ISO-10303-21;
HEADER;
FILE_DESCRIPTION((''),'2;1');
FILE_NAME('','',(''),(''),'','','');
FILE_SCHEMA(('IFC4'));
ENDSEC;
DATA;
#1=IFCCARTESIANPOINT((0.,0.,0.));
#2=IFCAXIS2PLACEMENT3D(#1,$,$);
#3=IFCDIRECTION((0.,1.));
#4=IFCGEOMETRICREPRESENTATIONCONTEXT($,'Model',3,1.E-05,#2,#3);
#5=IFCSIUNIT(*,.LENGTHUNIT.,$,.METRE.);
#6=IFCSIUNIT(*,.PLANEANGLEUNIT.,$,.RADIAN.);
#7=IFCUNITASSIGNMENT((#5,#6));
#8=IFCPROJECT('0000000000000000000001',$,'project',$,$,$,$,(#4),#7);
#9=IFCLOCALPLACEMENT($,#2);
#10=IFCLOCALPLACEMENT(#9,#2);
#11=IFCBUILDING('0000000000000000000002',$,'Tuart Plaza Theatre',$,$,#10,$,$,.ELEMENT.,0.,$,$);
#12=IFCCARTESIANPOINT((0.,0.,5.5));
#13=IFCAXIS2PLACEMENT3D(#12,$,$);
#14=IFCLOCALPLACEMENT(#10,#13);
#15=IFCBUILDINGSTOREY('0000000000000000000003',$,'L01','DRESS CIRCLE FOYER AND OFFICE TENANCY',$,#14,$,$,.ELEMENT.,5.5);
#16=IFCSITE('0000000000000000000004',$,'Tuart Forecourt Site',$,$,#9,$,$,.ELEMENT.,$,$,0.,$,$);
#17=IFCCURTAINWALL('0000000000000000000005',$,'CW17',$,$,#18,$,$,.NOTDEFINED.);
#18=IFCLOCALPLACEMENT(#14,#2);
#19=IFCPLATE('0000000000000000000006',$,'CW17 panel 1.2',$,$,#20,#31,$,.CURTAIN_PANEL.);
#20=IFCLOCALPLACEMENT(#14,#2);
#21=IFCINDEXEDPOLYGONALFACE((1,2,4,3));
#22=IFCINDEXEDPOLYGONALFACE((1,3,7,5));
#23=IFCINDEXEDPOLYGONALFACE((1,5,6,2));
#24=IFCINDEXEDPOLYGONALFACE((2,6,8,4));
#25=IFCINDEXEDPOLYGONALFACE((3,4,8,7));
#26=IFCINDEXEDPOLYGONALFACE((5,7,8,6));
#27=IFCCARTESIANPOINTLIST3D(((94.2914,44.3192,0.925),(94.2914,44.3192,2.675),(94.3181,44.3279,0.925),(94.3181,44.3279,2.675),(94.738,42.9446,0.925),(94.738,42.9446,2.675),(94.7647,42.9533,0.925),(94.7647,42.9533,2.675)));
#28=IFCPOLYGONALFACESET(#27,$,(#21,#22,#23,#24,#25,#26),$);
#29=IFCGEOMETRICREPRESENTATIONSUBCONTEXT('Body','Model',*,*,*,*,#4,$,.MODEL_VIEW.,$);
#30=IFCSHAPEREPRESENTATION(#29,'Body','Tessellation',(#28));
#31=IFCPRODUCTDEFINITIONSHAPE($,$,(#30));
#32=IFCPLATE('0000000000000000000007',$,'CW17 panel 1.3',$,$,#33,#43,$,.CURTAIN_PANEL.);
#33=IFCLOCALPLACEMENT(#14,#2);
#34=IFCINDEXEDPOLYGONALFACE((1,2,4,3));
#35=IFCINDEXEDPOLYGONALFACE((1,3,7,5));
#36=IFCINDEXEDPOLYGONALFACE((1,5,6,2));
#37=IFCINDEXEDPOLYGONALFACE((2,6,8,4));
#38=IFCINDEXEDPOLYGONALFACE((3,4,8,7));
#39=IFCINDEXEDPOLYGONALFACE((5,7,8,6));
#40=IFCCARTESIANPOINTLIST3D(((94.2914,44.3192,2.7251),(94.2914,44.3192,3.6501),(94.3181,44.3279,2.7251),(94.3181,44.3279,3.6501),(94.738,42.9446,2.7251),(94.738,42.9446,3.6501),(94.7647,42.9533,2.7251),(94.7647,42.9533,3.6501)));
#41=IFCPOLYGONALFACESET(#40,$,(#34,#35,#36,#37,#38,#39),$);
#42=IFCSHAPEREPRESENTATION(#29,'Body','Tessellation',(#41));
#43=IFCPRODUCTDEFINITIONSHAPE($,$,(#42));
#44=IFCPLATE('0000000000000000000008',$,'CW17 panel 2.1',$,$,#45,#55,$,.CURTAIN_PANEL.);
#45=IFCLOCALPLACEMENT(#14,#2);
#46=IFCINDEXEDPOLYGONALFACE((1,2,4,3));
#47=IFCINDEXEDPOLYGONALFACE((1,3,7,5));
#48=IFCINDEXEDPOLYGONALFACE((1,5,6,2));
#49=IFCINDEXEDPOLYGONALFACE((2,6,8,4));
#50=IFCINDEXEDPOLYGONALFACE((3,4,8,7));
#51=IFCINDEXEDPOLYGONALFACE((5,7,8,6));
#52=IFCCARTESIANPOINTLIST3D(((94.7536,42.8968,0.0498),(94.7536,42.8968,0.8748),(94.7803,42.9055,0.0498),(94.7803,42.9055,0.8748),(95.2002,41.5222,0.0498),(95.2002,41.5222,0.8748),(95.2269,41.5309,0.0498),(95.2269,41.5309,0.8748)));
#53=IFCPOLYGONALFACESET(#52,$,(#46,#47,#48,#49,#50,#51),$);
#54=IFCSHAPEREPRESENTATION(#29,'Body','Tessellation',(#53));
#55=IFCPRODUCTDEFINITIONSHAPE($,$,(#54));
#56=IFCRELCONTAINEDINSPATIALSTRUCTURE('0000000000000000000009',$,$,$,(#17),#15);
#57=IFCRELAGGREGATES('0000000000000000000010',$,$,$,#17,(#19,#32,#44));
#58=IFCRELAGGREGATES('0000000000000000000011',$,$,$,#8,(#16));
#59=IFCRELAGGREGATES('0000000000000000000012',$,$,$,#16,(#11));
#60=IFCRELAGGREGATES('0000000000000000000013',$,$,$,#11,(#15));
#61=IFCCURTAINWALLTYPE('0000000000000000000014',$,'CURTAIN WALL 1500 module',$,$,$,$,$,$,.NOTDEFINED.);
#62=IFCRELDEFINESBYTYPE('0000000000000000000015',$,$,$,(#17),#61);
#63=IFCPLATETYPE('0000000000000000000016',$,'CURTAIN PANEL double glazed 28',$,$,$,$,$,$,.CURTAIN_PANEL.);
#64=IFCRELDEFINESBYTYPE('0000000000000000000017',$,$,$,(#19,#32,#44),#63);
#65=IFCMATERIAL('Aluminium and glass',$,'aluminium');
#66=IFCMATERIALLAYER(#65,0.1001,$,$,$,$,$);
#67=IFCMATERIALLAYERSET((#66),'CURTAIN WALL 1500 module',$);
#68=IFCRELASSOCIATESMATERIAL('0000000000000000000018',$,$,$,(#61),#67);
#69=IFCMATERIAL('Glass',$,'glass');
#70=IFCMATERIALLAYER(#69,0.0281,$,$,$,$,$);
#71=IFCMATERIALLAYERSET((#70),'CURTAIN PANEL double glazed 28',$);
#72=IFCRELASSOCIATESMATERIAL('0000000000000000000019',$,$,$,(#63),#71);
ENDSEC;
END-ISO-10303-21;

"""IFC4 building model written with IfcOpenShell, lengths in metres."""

from ifc_helpers import new_model, si_unit, direction, frame, origin, origin_2d, place, context, subcontext, project, spatial, rectangle, extrude, material, layer, layer_set, type_object, element, aggregate, save


model = new_model("IFC4")

# Units and contexts
model_context = context("Model", 3, precision=1e-05, world=origin(), true_north=direction((0.0, 1.0)))
body_context = subcontext(model_context, "Body", "Model", "MODEL_VIEW")
ifc_project = project(units=[si_unit("LENGTHUNIT", "METRE"), si_unit("PLANEANGLEUNIT", "RADIAN")], contexts=[model_context])

# Site, building, storey
site_placement = place(None, origin())
site = spatial("IfcSite", under=ifc_project, at=site_placement, Name="Tuart Forecourt Site", CompositionType="ELEMENT", RefElevation=0.0)
building_placement = place(site_placement, origin())
building = spatial("IfcBuilding", under=site, at=building_placement, Name="Tuart Plaza Theatre", CompositionType="ELEMENT", ElevationOfRefHeight=0.0)
storey_placement = place(building_placement, frame((0.0, 0.0, 5.5)))
storey = spatial("IfcBuildingStorey", under=building, at=storey_placement, Name="L01", Description="DRESS CIRCLE FOYER AND OFFICE TENANCY", CompositionType="ELEMENT", Elevation=5.5)

# Shared definitions
ifc_material_1 = material(Name="Aluminium and glass", Category="aluminium")
ifc_layer_1 = layer(ifc_material_1, 0.1001)
ifc_layer_set_1 = layer_set([ifc_layer_1], Name="CURTAIN WALL 1500 module")
curtain_wall_type = type_object("IfcCurtainWallType", Name="CURTAIN WALL 1500 module", PredefinedType="NOTDEFINED", material=ifc_layer_set_1)

# Curtain wall
curtain_wall_1_placement = place(storey_placement, origin())
curtain_wall_1 = element("IfcCurtainWall", 1, at=curtain_wall_1_placement, inside=storey, type_object=curtain_wall_type, Name="CW17", PredefinedType="NOTDEFINED")

# Plates
ifc_material_2 = material(Name="Glass", Category="glass")
ifc_layer_2 = layer(ifc_material_2, 0.0281)
ifc_layer_set_2 = layer_set([ifc_layer_2], Name="CURTAIN PANEL double glazed 28")
plate_type = type_object("IfcPlateType", Name="CURTAIN PANEL double glazed 28", PredefinedType="CURTAIN_PANEL", material=ifc_layer_set_2)
plate_1_placement = place(storey_placement, frame((94.5281, 43.6362, 0.925), z_axis=(0.0, 0.0, 1.0), x_axis=(0.309018, -0.951056, 0.0)))
plate_1 = element("IfcPlate", 2, at=plate_1_placement, type_object=plate_type, Name="CW17 panel 1.2", PredefinedType="CURTAIN_PANEL", context=body_context, shape_type="SweptSolid", body=[
    extrude(rectangle(XDim=1.4453, YDim=0.0281, at=origin_2d()), origin(), (0.0, 0.0, 1.0), 1.75),
])
plate_2_placement = place(storey_placement, frame((94.5281, 43.6362, 2.7251), z_axis=(0.0, 0.0, 1.0), x_axis=(0.309018, -0.951056, 0.0)))
plate_2 = element("IfcPlate", 3, at=plate_2_placement, type_object=plate_type, Name="CW17 panel 1.3", PredefinedType="CURTAIN_PANEL", context=body_context, shape_type="SweptSolid", body=[
    extrude(rectangle(XDim=1.4453, YDim=0.0281, at=origin_2d()), origin(), (0.0, 0.0, 1.0), 0.925),
])
plate_3_placement = place(storey_placement, frame((94.9902, 42.2139, 0.0498), z_axis=(0.0, 0.0, 1.0), x_axis=(0.309018, -0.951056, 0.0)))
plate_3 = element("IfcPlate", 4, at=plate_3_placement, type_object=plate_type, Name="CW17 panel 2.1", PredefinedType="CURTAIN_PANEL", context=body_context, shape_type="SweptSolid", body=[
    extrude(rectangle(XDim=1.4453, YDim=0.0281, at=origin_2d()), origin(), (0.0, 0.0, 1.0), 0.825),
])
aggregate(curtain_wall_1, [plate_1, plate_2, plate_3])

save(model, "model.ifc")
